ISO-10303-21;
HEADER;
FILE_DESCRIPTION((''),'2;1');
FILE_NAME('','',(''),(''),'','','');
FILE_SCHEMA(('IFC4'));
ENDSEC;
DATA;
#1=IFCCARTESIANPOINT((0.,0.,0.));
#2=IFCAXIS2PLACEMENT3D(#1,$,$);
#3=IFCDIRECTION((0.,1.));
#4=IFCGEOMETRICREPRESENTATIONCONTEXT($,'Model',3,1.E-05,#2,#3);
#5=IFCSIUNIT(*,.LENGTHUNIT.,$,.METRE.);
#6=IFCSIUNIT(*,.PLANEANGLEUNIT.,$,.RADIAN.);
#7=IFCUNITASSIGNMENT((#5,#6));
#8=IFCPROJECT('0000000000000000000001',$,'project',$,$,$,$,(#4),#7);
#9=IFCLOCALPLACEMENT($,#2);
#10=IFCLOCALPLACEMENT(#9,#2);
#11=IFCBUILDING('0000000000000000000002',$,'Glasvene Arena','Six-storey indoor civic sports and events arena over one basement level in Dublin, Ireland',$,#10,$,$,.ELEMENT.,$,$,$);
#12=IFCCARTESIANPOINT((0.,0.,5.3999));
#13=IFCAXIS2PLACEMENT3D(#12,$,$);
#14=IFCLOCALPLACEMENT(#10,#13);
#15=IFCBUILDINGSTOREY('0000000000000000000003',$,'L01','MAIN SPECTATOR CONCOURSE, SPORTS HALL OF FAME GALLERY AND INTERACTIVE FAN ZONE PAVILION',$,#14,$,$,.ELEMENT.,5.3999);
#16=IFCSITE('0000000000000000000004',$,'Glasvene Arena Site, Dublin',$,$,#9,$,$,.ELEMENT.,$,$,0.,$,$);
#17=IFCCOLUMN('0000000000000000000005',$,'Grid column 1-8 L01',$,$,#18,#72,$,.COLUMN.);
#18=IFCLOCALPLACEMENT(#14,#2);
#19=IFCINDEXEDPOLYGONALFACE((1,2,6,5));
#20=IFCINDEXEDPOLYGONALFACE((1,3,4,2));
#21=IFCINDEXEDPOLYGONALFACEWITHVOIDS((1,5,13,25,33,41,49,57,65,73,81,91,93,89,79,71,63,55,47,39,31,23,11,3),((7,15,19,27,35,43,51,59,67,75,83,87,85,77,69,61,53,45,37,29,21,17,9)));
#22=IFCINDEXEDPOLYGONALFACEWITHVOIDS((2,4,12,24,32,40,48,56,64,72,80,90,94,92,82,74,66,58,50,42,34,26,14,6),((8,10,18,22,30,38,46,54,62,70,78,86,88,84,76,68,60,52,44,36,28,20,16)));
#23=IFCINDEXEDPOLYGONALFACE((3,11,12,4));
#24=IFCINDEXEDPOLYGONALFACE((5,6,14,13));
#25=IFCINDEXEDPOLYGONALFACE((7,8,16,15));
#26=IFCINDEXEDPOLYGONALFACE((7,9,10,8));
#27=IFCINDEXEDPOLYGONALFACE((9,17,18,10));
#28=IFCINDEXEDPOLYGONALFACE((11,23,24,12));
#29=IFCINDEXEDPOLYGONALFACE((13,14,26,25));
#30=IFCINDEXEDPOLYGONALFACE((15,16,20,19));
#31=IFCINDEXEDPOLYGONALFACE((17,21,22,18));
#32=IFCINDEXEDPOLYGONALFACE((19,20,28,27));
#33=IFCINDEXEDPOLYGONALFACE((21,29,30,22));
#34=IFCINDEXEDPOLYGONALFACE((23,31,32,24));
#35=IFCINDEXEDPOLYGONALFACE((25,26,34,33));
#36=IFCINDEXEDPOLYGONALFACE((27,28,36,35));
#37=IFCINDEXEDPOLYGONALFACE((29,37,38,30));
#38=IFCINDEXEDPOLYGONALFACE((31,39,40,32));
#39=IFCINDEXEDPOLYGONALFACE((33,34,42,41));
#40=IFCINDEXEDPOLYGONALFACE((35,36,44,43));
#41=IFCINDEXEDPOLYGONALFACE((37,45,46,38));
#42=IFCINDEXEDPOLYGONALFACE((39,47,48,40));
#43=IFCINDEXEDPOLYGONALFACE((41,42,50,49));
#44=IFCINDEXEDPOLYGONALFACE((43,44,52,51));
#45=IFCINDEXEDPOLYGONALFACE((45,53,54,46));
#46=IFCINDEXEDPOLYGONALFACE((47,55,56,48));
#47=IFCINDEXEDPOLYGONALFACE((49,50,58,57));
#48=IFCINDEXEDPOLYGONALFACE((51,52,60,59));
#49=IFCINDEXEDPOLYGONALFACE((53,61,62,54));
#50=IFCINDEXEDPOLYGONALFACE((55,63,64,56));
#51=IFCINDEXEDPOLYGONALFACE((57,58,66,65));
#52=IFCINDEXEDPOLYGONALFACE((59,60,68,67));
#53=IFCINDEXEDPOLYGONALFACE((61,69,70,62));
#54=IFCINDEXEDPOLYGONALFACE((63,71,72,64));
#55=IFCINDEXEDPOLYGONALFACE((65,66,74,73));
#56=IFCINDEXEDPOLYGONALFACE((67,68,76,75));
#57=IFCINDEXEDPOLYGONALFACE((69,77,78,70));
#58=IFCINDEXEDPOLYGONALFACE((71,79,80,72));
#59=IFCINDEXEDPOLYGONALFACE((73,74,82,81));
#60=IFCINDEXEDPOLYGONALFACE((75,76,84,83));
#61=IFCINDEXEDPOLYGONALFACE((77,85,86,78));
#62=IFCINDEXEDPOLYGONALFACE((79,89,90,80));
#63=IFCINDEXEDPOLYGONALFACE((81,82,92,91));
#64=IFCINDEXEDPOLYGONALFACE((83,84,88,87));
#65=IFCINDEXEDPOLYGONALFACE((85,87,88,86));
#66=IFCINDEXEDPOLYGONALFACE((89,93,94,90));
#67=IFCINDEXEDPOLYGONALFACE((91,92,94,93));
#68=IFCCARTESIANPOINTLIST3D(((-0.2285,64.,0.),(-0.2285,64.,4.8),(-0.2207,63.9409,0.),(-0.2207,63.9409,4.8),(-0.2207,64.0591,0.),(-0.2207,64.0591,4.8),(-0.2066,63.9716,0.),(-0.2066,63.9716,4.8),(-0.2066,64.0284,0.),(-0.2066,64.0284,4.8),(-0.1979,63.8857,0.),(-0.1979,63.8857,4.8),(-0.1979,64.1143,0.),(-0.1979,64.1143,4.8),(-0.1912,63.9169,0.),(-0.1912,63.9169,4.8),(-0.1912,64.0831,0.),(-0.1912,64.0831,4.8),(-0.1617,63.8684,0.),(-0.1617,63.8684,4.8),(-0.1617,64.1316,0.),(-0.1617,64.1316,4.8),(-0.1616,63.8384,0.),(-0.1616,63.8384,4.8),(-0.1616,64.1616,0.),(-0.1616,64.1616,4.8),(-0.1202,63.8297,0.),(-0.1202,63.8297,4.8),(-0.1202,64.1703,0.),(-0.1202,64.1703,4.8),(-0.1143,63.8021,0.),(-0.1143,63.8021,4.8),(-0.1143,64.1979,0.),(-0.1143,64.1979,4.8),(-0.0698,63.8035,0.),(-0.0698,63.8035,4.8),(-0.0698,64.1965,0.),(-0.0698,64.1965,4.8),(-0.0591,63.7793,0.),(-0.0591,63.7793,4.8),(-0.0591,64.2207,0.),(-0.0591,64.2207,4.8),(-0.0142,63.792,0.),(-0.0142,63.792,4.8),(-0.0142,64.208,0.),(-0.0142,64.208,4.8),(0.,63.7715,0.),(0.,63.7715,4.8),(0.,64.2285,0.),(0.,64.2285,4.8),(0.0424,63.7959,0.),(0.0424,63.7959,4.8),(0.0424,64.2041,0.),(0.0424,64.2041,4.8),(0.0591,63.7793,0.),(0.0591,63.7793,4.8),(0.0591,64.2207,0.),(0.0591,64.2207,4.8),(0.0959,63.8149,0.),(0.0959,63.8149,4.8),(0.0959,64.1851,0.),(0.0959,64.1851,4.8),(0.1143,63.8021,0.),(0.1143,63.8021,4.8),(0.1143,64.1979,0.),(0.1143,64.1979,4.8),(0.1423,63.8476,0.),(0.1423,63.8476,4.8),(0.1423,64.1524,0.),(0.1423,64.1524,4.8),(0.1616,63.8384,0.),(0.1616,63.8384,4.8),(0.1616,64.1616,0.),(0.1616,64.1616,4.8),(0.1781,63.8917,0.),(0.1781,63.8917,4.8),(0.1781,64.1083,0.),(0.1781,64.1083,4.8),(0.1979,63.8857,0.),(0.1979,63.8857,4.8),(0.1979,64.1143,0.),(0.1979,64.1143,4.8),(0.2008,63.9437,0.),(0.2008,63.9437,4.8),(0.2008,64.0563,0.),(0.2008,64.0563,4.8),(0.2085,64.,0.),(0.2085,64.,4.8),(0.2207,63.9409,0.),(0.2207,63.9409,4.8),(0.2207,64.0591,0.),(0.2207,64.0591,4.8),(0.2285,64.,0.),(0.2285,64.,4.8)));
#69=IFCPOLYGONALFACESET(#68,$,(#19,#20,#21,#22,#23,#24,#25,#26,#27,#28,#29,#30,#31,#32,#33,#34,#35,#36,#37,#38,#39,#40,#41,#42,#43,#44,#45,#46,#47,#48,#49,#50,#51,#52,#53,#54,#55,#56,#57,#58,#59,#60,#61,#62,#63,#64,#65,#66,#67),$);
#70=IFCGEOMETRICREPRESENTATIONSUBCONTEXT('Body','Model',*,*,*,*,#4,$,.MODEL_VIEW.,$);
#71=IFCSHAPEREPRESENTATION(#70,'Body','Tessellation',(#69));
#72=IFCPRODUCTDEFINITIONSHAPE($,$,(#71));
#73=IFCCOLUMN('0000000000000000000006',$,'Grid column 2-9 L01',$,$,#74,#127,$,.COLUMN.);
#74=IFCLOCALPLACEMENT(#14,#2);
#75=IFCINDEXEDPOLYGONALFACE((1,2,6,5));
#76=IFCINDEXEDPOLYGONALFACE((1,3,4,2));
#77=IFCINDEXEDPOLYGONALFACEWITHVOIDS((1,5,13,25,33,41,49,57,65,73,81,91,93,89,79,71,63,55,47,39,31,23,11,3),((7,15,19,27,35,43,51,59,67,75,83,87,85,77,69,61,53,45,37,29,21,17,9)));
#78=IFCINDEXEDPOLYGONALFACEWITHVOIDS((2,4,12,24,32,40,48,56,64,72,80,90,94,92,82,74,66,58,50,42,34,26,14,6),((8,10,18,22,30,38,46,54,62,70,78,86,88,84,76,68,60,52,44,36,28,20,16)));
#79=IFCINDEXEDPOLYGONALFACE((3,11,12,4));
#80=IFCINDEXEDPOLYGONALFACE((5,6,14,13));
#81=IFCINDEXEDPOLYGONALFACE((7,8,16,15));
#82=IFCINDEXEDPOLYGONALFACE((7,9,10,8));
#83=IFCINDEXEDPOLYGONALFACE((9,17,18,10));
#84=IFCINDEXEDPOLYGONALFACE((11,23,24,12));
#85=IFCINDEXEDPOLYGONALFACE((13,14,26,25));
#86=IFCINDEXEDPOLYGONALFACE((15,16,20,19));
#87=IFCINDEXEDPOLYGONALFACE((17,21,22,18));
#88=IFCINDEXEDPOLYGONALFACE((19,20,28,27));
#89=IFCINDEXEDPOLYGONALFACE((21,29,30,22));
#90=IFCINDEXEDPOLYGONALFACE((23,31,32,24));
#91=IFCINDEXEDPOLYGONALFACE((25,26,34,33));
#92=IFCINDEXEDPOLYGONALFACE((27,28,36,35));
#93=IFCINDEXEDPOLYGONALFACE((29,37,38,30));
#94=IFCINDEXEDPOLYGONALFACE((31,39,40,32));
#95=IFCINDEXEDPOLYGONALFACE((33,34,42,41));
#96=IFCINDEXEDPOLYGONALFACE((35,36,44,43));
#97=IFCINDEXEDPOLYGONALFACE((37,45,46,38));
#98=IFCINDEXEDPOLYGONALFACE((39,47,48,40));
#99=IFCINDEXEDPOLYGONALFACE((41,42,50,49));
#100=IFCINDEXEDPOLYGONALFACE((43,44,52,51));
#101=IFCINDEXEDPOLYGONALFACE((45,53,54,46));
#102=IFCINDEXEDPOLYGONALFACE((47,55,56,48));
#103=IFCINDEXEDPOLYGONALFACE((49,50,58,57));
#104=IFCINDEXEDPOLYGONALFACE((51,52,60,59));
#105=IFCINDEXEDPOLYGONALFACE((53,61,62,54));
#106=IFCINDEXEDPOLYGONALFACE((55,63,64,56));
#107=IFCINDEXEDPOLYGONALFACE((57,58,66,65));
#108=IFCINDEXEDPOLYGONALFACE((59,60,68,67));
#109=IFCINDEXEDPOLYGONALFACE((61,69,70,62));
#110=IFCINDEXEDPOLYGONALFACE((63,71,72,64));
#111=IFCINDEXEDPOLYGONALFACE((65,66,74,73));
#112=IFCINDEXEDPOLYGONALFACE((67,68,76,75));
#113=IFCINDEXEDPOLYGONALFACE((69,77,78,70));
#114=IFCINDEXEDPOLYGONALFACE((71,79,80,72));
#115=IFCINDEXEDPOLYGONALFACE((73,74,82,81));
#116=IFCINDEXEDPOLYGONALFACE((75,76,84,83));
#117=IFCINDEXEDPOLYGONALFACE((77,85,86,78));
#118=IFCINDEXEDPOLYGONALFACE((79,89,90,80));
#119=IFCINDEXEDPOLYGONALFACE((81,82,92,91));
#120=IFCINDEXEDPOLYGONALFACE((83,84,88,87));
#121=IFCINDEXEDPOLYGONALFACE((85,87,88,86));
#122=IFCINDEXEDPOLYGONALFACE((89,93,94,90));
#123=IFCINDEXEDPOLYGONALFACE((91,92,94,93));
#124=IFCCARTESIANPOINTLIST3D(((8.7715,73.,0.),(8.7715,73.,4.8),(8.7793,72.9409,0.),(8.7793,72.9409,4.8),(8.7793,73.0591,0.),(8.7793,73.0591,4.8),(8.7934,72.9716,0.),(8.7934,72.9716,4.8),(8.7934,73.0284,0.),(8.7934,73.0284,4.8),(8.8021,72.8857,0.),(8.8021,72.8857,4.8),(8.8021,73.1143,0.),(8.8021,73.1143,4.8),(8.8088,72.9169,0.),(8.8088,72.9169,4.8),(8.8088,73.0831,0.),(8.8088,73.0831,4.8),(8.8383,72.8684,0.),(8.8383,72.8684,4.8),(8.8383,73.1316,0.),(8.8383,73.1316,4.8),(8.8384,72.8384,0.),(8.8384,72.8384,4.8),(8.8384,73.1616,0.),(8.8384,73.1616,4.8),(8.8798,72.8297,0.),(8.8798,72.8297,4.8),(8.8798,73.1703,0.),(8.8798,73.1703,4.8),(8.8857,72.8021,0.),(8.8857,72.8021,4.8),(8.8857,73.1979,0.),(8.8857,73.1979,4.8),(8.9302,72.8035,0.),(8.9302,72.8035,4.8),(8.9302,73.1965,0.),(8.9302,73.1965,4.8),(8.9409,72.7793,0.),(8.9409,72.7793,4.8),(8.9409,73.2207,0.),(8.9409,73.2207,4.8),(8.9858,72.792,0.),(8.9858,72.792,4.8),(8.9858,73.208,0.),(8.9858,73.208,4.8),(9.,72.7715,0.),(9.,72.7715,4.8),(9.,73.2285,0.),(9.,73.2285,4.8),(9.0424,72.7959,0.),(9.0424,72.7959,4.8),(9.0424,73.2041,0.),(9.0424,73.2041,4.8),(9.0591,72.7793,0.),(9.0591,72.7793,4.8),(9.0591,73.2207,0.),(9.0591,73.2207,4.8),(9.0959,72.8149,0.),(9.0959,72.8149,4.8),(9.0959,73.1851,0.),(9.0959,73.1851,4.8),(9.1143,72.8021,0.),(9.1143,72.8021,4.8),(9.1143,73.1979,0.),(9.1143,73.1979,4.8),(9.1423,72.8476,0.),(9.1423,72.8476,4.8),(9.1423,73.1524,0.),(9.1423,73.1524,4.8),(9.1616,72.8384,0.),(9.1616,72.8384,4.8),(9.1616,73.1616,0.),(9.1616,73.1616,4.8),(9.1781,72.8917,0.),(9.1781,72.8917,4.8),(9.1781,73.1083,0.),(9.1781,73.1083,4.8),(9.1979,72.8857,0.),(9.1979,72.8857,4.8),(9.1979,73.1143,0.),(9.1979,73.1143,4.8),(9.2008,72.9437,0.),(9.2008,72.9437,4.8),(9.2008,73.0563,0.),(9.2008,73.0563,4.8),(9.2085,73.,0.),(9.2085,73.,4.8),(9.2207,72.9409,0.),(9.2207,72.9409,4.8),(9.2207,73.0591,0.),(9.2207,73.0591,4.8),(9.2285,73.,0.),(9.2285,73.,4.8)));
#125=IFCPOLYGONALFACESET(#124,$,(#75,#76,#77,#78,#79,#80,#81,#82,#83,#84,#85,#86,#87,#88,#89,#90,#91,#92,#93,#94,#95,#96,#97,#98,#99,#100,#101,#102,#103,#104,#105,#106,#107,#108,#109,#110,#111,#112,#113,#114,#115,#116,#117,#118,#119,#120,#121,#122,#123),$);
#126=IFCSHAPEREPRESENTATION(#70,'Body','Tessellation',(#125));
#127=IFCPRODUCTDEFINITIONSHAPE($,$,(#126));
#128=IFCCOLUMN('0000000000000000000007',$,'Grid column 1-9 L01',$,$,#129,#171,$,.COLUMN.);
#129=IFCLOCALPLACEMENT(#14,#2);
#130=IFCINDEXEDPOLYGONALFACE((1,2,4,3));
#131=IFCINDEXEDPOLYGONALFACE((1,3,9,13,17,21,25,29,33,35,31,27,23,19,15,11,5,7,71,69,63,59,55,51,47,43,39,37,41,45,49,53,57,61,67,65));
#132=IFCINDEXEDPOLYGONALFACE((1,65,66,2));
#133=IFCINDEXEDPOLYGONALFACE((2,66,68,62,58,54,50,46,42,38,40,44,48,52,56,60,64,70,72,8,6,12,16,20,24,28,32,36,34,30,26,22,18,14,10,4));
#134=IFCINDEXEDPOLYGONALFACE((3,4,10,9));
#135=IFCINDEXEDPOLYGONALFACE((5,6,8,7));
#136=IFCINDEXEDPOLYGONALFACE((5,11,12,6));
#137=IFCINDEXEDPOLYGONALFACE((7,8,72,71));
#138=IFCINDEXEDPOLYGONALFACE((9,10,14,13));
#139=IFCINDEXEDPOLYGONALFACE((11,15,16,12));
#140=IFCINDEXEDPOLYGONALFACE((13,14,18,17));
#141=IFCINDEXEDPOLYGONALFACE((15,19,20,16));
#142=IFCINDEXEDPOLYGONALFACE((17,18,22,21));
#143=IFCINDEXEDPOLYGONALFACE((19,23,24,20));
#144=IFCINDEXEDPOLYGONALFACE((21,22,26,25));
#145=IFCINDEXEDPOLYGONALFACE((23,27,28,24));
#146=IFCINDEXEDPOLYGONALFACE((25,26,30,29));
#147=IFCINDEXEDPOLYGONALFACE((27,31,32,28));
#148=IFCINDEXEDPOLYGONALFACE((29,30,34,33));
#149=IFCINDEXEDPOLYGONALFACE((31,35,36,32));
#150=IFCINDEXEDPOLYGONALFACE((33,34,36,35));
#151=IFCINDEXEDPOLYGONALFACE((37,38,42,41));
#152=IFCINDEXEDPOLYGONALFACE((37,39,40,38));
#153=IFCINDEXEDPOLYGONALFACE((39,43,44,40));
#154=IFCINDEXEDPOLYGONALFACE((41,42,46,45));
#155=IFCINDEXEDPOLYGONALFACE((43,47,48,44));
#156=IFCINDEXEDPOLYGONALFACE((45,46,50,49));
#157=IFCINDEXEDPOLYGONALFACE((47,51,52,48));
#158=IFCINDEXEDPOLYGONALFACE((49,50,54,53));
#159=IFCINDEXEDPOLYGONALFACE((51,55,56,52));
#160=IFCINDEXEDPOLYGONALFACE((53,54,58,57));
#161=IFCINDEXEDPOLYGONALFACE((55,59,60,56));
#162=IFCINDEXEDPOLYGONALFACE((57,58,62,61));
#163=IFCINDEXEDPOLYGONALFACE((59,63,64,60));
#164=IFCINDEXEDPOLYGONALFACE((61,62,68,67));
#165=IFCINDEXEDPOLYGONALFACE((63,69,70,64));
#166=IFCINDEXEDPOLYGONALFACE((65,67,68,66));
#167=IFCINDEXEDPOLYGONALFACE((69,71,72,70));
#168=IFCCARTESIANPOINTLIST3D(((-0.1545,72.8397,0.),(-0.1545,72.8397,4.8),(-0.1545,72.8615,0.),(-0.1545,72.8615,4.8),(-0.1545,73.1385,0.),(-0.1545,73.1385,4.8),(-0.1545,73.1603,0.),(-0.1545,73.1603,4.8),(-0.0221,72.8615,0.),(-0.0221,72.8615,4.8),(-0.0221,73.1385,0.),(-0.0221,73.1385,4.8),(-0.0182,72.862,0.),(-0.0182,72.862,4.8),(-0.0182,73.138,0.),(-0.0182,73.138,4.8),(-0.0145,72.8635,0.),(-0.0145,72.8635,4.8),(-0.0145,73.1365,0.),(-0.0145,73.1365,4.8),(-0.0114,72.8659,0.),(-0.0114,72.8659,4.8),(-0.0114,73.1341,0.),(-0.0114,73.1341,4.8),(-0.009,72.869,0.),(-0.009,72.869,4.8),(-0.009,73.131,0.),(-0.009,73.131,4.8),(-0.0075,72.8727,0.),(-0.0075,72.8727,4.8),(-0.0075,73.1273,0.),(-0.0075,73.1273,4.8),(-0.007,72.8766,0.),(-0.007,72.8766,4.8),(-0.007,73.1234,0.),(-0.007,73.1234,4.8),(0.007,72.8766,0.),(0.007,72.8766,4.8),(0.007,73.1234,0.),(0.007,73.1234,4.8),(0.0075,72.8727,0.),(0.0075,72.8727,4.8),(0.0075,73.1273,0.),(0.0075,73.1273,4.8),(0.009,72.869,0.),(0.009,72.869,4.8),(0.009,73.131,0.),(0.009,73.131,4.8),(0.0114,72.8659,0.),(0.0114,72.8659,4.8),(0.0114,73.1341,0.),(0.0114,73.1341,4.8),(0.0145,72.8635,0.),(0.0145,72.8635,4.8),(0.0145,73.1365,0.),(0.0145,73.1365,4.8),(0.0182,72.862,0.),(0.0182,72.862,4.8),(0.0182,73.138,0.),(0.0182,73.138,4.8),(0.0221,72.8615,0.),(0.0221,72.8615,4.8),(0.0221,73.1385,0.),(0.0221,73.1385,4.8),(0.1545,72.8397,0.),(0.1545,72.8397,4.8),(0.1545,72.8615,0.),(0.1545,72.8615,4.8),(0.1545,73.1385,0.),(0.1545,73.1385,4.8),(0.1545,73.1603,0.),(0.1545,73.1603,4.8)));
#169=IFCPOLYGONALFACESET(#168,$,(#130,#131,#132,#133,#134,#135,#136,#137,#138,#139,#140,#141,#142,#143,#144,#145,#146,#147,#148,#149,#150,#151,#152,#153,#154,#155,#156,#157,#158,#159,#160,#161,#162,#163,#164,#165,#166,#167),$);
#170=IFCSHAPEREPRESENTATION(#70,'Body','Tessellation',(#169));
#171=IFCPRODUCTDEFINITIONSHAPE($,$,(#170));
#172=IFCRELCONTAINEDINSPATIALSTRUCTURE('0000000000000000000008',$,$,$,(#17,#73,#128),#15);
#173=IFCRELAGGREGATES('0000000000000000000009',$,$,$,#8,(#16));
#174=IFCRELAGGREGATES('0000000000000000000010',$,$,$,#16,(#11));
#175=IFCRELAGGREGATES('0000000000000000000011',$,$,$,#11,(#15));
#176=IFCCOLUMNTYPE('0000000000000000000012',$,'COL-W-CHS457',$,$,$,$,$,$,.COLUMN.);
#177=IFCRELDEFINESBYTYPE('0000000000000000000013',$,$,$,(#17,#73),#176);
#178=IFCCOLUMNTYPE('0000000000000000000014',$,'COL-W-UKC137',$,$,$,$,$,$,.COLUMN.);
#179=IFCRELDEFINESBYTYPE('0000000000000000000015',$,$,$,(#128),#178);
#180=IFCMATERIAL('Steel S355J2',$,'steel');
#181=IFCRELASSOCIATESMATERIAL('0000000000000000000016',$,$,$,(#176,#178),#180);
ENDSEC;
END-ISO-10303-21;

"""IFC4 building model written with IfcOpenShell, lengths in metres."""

from ifc_helpers import new_model, si_unit, direction, frame, origin, origin_2d, place, context, subcontext, project, spatial, hollow_circle, i_section, extrude, material, material_profile, profile_set, type_object, element, save


model = new_model("IFC4")

# Units and contexts
model_context = context("Model", 3, precision=1e-05, world=origin(), true_north=direction((0.0, 1.0)))
body_context = subcontext(model_context, "Body", "Model", "MODEL_VIEW")
ifc_project = project(units=[si_unit("LENGTHUNIT", "METRE"), si_unit("PLANEANGLEUNIT", "RADIAN")], contexts=[model_context])

# Site, building, storey
site_placement = place(None, origin())
site = spatial("IfcSite", under=ifc_project, at=site_placement, Name="Glasvene Arena Site, Dublin", CompositionType="ELEMENT", RefElevation=0.0)
building_placement = place(site_placement, origin())
building = spatial("IfcBuilding", under=site, at=building_placement, Name="Glasvene Arena", Description="Six-storey indoor civic sports and events arena over one basement level in Dublin, Ireland", CompositionType="ELEMENT")
storey_placement = place(building_placement, frame((0.0, 0.0, 5.3999)))
storey = spatial("IfcBuildingStorey", under=building, at=storey_placement, Name="L01", Description="MAIN SPECTATOR CONCOURSE, SPORTS HALL OF FAME GALLERY AND INTERACTIVE FAN ZONE PAVILION", CompositionType="ELEMENT", Elevation=5.3999)

# Columns
ifc_material_1 = material(Name="Steel S355J2", Category="steel")
ifc_material_profile_1 = material_profile(ifc_material_1, hollow_circle(Radius=0.2285, WallThickness=0.02, at=origin_2d()), Name="CHS 457.0x20.0")
ifc_profile_set_1 = profile_set([ifc_material_profile_1], Name="Steel S355J2")
column_type_1 = type_object("IfcColumnType", Name="COL-W-CHS457", PredefinedType="COLUMN", material=ifc_profile_set_1)
for number, where, z_axis, x_axis, name in (
    (1, (0.0, 64.0, 0.0), (0.0, 0.0, 1.0), (1.0, 0.0, 0.0), "Grid column 1-8 L01"),
    (2, (9.0, 73.0, 0.0), (0.0, 0.0, 1.0), (1.0, 0.0, 0.0), "Grid column 2-9 L01"),
):
    element("IfcColumn", number, at=place(storey_placement, frame(where, z_axis=z_axis, x_axis=x_axis)), inside=storey, type_object=column_type_1, Name=name, PredefinedType="COLUMN", context=body_context, shape_type="SweptSolid", body=[
        extrude(hollow_circle(Radius=0.2285, WallThickness=0.02, at=origin_2d()), origin(), (0.0, 0.0, 1.0), 4.8),
    ])
ifc_material_profile_2 = material_profile(ifc_material_1, i_section(OverallWidth=0.3091, OverallDepth=0.3206, WebThickness=0.0139, FlangeThickness=0.0217, FilletRadius=0.0151, at=origin_2d()), Name="UKC 305x305x137")
ifc_profile_set_2 = profile_set([ifc_material_profile_2], Name="Steel S355J2")
column_type_2 = type_object("IfcColumnType", Name="COL-W-UKC137", PredefinedType="COLUMN", material=ifc_profile_set_2)
for number, where, z_axis, x_axis, name in (
    (3, (0.0, 73.0, 0.0), (0.0, 0.0, 1.0), (1.0, 0.0, 0.0), "Grid column 1-9 L01"),
):
    element("IfcColumn", number, at=place(storey_placement, frame(where, z_axis=z_axis, x_axis=x_axis)), inside=storey, type_object=column_type_2, Name=name, PredefinedType="COLUMN", context=body_context, shape_type="SweptSolid", body=[
        extrude(i_section(OverallWidth=0.3091, OverallDepth=0.3206, WebThickness=0.0139, FlangeThickness=0.0217, FilletRadius=0.0151, at=origin_2d()), origin(), (0.0, 0.0, 1.0), 4.8),
    ])

save(model, "model.ifc")
